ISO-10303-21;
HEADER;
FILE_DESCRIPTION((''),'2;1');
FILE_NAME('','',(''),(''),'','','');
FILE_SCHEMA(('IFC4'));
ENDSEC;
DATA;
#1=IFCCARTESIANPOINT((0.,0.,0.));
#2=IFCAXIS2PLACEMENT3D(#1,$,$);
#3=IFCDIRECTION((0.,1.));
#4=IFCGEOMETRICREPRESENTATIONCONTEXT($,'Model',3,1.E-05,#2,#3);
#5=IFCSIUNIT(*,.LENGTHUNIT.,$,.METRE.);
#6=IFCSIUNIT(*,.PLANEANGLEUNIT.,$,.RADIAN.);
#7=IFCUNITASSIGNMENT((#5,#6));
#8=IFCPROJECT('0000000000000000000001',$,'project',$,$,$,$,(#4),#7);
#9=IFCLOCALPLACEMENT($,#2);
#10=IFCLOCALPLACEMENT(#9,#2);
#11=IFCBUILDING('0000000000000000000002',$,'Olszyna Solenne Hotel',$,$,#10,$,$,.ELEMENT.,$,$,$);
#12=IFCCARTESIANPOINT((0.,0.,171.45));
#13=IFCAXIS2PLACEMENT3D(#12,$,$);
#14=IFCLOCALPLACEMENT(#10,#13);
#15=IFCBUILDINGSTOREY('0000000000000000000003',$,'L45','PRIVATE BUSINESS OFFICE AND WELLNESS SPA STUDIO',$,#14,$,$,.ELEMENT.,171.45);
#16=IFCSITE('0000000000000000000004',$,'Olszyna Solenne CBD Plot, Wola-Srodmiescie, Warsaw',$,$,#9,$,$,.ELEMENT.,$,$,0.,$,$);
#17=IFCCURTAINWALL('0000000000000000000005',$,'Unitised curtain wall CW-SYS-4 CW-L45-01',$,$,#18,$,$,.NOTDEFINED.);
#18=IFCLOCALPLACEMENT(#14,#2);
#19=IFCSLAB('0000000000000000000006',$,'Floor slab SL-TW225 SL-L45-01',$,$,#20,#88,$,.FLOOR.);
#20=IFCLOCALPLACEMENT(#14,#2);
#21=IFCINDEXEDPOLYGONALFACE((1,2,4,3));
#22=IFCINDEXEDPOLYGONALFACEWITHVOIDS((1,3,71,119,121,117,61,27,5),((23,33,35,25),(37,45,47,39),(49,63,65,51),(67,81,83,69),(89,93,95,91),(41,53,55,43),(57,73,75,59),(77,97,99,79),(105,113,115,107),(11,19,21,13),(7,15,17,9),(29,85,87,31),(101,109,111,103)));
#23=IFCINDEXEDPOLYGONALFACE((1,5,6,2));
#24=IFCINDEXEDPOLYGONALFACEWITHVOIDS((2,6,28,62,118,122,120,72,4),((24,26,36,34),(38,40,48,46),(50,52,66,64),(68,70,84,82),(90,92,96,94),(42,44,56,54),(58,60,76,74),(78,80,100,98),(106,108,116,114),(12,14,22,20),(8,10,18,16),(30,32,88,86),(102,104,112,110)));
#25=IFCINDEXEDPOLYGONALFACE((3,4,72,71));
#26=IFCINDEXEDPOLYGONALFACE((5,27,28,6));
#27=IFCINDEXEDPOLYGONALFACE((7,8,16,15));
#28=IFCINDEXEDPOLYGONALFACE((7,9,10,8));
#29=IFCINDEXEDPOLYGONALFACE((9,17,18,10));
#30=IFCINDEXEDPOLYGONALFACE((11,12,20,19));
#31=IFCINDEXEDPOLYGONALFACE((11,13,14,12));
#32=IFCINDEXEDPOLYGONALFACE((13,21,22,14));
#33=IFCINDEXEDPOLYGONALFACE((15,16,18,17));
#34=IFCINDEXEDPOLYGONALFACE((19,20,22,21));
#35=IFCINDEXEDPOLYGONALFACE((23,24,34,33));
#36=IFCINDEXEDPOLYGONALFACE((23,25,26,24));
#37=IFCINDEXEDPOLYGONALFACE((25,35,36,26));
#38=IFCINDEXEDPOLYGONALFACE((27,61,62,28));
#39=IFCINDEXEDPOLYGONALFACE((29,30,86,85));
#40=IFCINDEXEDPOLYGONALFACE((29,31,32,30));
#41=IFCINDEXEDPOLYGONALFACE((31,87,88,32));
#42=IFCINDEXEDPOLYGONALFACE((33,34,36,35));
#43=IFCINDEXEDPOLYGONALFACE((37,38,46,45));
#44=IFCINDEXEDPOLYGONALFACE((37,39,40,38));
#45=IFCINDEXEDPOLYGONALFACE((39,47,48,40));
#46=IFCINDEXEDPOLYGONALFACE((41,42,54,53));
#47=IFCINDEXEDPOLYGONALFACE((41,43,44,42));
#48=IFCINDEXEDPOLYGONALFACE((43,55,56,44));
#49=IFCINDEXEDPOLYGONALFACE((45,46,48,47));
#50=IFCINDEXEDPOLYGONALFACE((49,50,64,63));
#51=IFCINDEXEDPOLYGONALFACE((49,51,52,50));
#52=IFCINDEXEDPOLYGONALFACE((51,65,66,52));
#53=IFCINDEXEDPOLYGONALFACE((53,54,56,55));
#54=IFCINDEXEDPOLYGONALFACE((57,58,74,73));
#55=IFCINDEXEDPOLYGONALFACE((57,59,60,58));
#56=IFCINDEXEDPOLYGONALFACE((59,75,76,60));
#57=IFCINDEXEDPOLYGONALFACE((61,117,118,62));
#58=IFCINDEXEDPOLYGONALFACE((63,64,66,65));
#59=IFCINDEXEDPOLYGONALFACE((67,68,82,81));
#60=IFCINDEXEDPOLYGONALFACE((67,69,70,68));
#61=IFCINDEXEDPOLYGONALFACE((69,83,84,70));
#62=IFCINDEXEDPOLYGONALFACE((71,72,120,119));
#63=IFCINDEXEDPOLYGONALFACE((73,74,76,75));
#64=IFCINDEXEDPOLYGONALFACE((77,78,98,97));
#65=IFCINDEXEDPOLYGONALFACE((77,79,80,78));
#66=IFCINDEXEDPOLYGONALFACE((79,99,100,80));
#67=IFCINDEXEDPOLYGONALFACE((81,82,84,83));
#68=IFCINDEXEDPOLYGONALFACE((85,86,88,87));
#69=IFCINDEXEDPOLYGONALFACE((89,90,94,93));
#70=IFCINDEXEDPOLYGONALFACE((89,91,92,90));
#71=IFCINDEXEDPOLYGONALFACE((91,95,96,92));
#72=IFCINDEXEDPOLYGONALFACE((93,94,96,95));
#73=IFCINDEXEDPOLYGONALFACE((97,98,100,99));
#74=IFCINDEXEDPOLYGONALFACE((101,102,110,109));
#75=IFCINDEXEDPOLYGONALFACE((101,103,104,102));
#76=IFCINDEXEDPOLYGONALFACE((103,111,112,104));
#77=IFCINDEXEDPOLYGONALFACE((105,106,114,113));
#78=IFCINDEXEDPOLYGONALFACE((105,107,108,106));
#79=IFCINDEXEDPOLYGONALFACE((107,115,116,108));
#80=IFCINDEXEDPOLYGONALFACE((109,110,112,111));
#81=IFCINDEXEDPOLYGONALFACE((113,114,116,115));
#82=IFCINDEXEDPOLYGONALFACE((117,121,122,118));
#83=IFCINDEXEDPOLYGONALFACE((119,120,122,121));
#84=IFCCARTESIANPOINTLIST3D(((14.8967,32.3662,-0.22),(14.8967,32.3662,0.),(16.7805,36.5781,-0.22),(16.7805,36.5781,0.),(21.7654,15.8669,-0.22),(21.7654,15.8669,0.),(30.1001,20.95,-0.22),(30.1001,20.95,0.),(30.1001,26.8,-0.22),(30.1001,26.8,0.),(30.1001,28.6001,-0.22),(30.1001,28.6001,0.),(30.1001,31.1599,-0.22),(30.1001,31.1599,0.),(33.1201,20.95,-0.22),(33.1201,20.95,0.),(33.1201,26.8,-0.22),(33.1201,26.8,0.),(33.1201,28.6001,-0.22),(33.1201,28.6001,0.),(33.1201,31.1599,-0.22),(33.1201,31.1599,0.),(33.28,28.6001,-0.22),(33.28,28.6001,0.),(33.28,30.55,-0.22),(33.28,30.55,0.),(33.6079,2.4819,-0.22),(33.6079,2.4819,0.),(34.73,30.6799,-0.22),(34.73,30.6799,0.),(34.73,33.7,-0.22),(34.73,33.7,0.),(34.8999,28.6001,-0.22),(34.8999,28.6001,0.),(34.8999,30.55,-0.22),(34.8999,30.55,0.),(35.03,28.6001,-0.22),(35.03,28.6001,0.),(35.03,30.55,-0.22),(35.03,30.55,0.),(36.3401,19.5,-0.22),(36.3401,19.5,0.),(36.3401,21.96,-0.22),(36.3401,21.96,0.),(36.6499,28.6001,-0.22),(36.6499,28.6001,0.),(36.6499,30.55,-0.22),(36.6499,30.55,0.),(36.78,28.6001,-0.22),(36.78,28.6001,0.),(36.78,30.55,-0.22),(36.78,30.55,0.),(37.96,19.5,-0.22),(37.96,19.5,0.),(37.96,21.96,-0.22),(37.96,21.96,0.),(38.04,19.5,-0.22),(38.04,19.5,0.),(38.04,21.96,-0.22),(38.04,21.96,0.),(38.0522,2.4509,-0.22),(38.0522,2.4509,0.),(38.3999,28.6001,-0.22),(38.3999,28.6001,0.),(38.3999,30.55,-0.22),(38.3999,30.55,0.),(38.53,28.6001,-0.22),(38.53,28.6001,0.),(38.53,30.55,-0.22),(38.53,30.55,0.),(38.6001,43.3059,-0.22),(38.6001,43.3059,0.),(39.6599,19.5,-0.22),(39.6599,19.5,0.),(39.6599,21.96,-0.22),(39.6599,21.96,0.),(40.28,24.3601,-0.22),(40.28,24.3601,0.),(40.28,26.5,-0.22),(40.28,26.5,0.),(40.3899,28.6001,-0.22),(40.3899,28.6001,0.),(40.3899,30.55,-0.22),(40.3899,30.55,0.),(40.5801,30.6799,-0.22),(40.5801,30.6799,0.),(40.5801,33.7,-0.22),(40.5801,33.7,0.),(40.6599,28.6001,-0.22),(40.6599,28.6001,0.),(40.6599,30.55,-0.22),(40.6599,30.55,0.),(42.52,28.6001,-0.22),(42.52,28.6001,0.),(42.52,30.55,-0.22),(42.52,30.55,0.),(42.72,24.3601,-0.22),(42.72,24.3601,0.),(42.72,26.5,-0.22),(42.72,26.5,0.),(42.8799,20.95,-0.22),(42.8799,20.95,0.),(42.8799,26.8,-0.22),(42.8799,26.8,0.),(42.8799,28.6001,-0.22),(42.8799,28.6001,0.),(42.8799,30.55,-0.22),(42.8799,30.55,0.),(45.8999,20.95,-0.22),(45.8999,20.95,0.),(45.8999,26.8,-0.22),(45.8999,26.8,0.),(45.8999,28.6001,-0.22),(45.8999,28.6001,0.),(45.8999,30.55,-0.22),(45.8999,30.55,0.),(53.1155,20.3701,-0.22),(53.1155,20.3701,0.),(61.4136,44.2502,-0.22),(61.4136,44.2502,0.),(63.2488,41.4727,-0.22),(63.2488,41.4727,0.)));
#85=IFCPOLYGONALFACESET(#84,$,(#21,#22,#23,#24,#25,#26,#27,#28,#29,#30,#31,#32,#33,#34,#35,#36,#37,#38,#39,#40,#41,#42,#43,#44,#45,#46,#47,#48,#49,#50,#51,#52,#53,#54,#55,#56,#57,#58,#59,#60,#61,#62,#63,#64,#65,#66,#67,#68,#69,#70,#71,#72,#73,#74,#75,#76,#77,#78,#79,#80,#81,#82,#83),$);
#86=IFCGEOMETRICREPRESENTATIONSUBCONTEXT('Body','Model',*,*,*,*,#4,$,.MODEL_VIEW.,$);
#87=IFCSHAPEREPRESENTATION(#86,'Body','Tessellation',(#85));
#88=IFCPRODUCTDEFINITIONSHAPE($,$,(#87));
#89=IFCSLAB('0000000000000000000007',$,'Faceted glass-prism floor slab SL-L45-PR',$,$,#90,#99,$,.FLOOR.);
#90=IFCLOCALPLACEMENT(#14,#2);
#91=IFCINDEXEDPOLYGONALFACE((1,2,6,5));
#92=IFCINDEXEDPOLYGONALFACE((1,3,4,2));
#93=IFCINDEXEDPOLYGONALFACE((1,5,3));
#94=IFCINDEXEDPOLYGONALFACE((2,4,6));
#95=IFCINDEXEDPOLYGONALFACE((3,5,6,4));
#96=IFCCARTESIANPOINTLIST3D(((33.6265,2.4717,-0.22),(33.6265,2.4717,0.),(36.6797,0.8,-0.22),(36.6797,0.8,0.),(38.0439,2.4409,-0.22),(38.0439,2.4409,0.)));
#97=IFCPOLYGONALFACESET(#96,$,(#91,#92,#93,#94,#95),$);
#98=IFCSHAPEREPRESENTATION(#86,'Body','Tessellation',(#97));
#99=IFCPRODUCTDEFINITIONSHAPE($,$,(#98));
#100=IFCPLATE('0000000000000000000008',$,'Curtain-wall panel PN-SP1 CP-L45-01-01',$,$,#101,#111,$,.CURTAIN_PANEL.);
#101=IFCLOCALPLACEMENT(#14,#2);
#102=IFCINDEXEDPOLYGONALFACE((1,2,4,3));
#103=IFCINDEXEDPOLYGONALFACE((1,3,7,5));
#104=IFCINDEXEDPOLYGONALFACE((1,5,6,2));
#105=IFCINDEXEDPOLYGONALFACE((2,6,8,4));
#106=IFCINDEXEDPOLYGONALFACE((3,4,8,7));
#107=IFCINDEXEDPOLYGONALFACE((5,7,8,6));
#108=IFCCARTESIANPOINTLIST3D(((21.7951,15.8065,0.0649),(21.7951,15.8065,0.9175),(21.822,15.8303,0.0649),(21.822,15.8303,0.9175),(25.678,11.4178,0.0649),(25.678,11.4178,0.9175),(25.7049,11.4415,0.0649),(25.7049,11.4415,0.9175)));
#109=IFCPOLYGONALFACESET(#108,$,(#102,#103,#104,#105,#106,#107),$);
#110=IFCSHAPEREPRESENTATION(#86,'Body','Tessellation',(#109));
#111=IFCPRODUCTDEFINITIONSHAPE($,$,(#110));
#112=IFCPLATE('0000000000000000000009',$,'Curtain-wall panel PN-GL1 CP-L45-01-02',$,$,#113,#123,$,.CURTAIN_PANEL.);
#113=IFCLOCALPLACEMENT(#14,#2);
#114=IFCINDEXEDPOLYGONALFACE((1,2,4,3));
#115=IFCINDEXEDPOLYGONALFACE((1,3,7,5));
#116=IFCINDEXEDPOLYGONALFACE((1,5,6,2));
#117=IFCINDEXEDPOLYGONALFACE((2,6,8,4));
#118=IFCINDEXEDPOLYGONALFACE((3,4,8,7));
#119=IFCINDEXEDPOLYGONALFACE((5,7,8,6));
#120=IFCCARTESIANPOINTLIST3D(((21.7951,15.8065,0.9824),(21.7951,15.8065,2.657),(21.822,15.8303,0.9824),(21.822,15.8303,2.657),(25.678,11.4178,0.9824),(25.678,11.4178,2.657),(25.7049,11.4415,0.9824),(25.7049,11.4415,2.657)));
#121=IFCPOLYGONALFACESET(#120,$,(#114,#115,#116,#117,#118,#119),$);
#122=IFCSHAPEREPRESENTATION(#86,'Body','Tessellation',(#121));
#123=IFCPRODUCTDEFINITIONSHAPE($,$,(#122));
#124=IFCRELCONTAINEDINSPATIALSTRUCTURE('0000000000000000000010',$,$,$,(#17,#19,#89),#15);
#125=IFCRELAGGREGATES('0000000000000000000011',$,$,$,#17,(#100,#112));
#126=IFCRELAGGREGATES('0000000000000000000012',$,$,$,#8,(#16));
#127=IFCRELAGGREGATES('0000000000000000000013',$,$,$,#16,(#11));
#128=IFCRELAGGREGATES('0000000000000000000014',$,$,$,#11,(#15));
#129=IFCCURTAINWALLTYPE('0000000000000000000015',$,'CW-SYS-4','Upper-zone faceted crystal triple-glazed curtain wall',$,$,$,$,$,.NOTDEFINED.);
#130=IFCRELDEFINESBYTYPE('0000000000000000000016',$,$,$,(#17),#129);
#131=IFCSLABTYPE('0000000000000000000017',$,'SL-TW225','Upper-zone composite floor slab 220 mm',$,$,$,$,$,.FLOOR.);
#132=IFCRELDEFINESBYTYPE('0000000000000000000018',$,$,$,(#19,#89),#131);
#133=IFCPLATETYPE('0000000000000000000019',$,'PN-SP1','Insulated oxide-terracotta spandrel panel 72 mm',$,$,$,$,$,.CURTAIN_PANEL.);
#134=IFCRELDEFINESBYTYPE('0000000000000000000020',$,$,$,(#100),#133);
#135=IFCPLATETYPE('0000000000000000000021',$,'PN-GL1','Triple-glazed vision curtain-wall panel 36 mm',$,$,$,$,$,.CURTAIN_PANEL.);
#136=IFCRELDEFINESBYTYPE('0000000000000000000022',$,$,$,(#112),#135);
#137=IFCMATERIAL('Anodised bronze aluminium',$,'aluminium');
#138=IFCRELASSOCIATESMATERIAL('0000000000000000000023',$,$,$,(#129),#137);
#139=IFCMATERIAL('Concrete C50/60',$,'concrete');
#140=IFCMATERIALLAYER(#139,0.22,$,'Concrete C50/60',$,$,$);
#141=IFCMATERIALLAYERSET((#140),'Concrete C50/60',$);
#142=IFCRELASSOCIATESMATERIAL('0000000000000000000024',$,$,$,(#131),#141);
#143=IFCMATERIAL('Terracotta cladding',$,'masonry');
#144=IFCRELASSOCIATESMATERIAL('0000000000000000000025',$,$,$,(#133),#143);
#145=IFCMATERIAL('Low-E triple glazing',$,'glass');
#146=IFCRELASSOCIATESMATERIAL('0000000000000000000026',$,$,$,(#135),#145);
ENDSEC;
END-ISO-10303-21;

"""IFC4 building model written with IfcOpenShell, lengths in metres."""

from ifc_helpers import new_model, si_unit, direction, frame, origin, origin_2d, place, context, subcontext, project, spatial, polyline, rectangle, outline, extrude, source, transform, mapped, material, layer, layer_set, type_object, element, aggregate, save


model = new_model("IFC4")

# Units and contexts
model_context = context("Model", 3, precision=1e-05, world=origin(), true_north=direction((0.0, 1.0)))
body_context = subcontext(model_context, "Body", "Model", "MODEL_VIEW")
ifc_project = project(units=[si_unit("LENGTHUNIT", "METRE"), si_unit("PLANEANGLEUNIT", "RADIAN")], contexts=[model_context])

# Site, building, storey
site_placement = place(None, origin())
site = spatial("IfcSite", under=ifc_project, at=site_placement, Name="Olszyna Solenne CBD Plot, Wola-Srodmiescie, Warsaw", CompositionType="ELEMENT", RefElevation=0.0)
building_placement = place(site_placement, origin())
building = spatial("IfcBuilding", under=site, at=building_placement, Name="Olszyna Solenne Hotel", CompositionType="ELEMENT")
storey_placement = place(building_placement, frame((0.0, 0.0, 171.45)))
storey = spatial("IfcBuildingStorey", under=building, at=storey_placement, Name="L45", Description="PRIVATE BUSINESS OFFICE AND WELLNESS SPA STUDIO", CompositionType="ELEMENT", Elevation=171.45)

# Curtain wall
ifc_material_1 = material(Name="Anodised bronze aluminium", Category="aluminium")
curtain_wall_type = type_object("IfcCurtainWallType", Name="CW-SYS-4", Description="Upper-zone faceted crystal triple-glazed curtain wall", PredefinedType="NOTDEFINED", material=ifc_material_1)
curtain_wall_placement = place(storey_placement, origin())
curtain_wall = element("IfcCurtainWall", 1, at=curtain_wall_placement, inside=storey, type_object=curtain_wall_type, Name="Unitised curtain wall CW-SYS-4 CW-L45-01", PredefinedType="NOTDEFINED")

# Slabs
ifc_material_2 = material(Name="Concrete C50/60", Category="concrete")
ifc_layer_1 = layer(ifc_material_2, 0.22, Name="Concrete C50/60")
ifc_layer_set_1 = layer_set([ifc_layer_1], Name="Concrete C50/60")
slab_type_1 = type_object("IfcSlabType", Name="SL-TW225", Description="Upper-zone composite floor slab 220 mm", PredefinedType="FLOOR", material=ifc_layer_set_1)
slab_1_placement = place(storey_placement, frame((0.0, 0.0, -0.22)))
element("IfcSlab", 2, at=slab_1_placement, inside=storey, type_object=slab_type_1, Name="Floor slab SL-TW225 SL-L45-01", PredefinedType="FLOOR", context=body_context, shape_type="SweptSolid", body=[
    extrude(outline(polyline([(63.2488, 41.4727), (61.4136, 44.2502), (38.6001, 43.3059), (16.7805, 36.5781), (14.8967, 32.3662), (21.7654, 15.8669), (33.6079, 2.4819), (38.0522, 2.4509), (53.1155, 20.3701), (63.2488, 41.4727)]), holes=[polyline([(30.1001, 20.95), (33.1201, 20.95), (33.1201, 26.8), (30.1001, 26.8), (30.1001, 20.95)]), polyline([(42.8799, 20.95), (45.8999, 20.95), (45.8999, 26.8), (42.8799, 26.8), (42.8799, 20.95)]), polyline([(34.73, 30.6799), (40.5801, 30.6799), (40.5801, 33.7), (34.73, 33.7), (34.73, 30.6799)]), polyline([(36.3401, 19.5), (37.96, 19.5), (37.96, 21.96), (36.3401, 21.96), (36.3401, 19.5)]), polyline([(38.04, 19.5), (39.6599, 19.5), (39.6599, 21.96), (38.04, 21.96), (38.04, 19.5)]), polyline([(30.1001, 28.6001), (33.1201, 28.6001), (33.1201, 31.1599), (30.1001, 31.1599), (30.1001, 28.6001)]), polyline([(40.28, 24.3601), (42.72, 24.3601), (42.72, 26.5), (40.28, 26.5), (40.28, 24.3601)]), polyline([(33.28, 28.6001), (34.8999, 28.6001), (34.8999, 30.55), (33.28, 30.55), (33.28, 28.6001)]), polyline([(35.03, 28.6001), (36.6499, 28.6001), (36.6499, 30.55), (35.03, 30.55), (35.03, 28.6001)]), polyline([(36.78, 28.6001), (38.3999, 28.6001), (38.3999, 30.55), (36.78, 30.55), (36.78, 28.6001)]), polyline([(38.53, 28.6001), (40.3899, 28.6001), (40.3899, 30.55), (38.53, 30.55), (38.53, 28.6001)]), polyline([(40.6599, 28.6001), (42.52, 28.6001), (42.52, 30.55), (40.6599, 30.55), (40.6599, 28.6001)]), polyline([(42.8799, 28.6001), (45.8999, 28.6001), (45.8999, 30.55), (42.8799, 30.55), (42.8799, 28.6001)])]), origin(), (0.0, 0.0, 1.0), 0.22),
])
slab_2_placement = place(storey_placement, frame((0.0, 0.0, -0.22)))
element("IfcSlab", 3, at=slab_2_placement, inside=storey, type_object=slab_type_1, Name="Faceted glass-prism floor slab SL-L45-PR", PredefinedType="FLOOR", context=body_context, shape_type="SweptSolid", body=[
    extrude(outline(polyline([(38.0439, 2.4409), (33.6265, 2.4717), (36.6797, 0.8), (38.0439, 2.4409)])), origin(), (0.0, 0.0, 1.0), 0.22),
])

# Plates
ifc_material_3 = material(Name="Terracotta cladding", Category="masonry")
plate_type_1 = type_object("IfcPlateType", Name="PN-SP1", Description="Insulated oxide-terracotta spandrel panel 72 mm", PredefinedType="CURTAIN_PANEL", material=ifc_material_3)
shared_shape_1 = source(origin(), body_context, "Body", "SweptSolid", [
    extrude(rectangle(XDim=5.8599, YDim=0.0359, at=origin_2d()), origin(), (0.0, 0.0, 1.0), 0.8525),
])
plate_1_placement = place(storey_placement, frame((23.75, 13.624, 0.0649), z_axis=(0.0, 0.0, 1.0), x_axis=(0.662628, -0.748948, 0.0)))
plate_1 = element("IfcPlate", 4, at=plate_1_placement, type_object=plate_type_1, Name="Curtain-wall panel PN-SP1 CP-L45-01-01", PredefinedType="CURTAIN_PANEL", context=body_context, shape_type="MappedRepresentation", body=[
    mapped(shared_shape_1, transform((0.0, 0.0, 0.0), x_axis=(1.0, 0.0, 0.0), y_axis=(0.0, 1.0, 0.0), z_axis=(0.0, 0.0, 1.0), scale=1.0)),
])
ifc_material_4 = material(Name="Low-E triple glazing", Category="glass")
plate_type_2 = type_object("IfcPlateType", Name="PN-GL1", Description="Triple-glazed vision curtain-wall panel 36 mm", PredefinedType="CURTAIN_PANEL", material=ifc_material_4)
shared_shape_2 = source(origin(), body_context, "Body", "SweptSolid", [
    extrude(rectangle(XDim=5.8599, YDim=0.0359, at=origin_2d()), origin(), (0.0, 0.0, 1.0), 1.6746),
])
plate_2_placement = place(storey_placement, frame((23.75, 13.624, 0.9824), z_axis=(0.0, 0.0, 1.0), x_axis=(0.662628, -0.748948, 0.0)))
plate_2 = element("IfcPlate", 5, at=plate_2_placement, type_object=plate_type_2, Name="Curtain-wall panel PN-GL1 CP-L45-01-02", PredefinedType="CURTAIN_PANEL", context=body_context, shape_type="MappedRepresentation", body=[
    mapped(shared_shape_2, transform((0.0, 0.0, 0.0), x_axis=(1.0, 0.0, 0.0), y_axis=(0.0, 1.0, 0.0), z_axis=(0.0, 0.0, 1.0), scale=1.0)),
])
aggregate(curtain_wall, [plate_1, plate_2])

save(model, "model.ifc")
